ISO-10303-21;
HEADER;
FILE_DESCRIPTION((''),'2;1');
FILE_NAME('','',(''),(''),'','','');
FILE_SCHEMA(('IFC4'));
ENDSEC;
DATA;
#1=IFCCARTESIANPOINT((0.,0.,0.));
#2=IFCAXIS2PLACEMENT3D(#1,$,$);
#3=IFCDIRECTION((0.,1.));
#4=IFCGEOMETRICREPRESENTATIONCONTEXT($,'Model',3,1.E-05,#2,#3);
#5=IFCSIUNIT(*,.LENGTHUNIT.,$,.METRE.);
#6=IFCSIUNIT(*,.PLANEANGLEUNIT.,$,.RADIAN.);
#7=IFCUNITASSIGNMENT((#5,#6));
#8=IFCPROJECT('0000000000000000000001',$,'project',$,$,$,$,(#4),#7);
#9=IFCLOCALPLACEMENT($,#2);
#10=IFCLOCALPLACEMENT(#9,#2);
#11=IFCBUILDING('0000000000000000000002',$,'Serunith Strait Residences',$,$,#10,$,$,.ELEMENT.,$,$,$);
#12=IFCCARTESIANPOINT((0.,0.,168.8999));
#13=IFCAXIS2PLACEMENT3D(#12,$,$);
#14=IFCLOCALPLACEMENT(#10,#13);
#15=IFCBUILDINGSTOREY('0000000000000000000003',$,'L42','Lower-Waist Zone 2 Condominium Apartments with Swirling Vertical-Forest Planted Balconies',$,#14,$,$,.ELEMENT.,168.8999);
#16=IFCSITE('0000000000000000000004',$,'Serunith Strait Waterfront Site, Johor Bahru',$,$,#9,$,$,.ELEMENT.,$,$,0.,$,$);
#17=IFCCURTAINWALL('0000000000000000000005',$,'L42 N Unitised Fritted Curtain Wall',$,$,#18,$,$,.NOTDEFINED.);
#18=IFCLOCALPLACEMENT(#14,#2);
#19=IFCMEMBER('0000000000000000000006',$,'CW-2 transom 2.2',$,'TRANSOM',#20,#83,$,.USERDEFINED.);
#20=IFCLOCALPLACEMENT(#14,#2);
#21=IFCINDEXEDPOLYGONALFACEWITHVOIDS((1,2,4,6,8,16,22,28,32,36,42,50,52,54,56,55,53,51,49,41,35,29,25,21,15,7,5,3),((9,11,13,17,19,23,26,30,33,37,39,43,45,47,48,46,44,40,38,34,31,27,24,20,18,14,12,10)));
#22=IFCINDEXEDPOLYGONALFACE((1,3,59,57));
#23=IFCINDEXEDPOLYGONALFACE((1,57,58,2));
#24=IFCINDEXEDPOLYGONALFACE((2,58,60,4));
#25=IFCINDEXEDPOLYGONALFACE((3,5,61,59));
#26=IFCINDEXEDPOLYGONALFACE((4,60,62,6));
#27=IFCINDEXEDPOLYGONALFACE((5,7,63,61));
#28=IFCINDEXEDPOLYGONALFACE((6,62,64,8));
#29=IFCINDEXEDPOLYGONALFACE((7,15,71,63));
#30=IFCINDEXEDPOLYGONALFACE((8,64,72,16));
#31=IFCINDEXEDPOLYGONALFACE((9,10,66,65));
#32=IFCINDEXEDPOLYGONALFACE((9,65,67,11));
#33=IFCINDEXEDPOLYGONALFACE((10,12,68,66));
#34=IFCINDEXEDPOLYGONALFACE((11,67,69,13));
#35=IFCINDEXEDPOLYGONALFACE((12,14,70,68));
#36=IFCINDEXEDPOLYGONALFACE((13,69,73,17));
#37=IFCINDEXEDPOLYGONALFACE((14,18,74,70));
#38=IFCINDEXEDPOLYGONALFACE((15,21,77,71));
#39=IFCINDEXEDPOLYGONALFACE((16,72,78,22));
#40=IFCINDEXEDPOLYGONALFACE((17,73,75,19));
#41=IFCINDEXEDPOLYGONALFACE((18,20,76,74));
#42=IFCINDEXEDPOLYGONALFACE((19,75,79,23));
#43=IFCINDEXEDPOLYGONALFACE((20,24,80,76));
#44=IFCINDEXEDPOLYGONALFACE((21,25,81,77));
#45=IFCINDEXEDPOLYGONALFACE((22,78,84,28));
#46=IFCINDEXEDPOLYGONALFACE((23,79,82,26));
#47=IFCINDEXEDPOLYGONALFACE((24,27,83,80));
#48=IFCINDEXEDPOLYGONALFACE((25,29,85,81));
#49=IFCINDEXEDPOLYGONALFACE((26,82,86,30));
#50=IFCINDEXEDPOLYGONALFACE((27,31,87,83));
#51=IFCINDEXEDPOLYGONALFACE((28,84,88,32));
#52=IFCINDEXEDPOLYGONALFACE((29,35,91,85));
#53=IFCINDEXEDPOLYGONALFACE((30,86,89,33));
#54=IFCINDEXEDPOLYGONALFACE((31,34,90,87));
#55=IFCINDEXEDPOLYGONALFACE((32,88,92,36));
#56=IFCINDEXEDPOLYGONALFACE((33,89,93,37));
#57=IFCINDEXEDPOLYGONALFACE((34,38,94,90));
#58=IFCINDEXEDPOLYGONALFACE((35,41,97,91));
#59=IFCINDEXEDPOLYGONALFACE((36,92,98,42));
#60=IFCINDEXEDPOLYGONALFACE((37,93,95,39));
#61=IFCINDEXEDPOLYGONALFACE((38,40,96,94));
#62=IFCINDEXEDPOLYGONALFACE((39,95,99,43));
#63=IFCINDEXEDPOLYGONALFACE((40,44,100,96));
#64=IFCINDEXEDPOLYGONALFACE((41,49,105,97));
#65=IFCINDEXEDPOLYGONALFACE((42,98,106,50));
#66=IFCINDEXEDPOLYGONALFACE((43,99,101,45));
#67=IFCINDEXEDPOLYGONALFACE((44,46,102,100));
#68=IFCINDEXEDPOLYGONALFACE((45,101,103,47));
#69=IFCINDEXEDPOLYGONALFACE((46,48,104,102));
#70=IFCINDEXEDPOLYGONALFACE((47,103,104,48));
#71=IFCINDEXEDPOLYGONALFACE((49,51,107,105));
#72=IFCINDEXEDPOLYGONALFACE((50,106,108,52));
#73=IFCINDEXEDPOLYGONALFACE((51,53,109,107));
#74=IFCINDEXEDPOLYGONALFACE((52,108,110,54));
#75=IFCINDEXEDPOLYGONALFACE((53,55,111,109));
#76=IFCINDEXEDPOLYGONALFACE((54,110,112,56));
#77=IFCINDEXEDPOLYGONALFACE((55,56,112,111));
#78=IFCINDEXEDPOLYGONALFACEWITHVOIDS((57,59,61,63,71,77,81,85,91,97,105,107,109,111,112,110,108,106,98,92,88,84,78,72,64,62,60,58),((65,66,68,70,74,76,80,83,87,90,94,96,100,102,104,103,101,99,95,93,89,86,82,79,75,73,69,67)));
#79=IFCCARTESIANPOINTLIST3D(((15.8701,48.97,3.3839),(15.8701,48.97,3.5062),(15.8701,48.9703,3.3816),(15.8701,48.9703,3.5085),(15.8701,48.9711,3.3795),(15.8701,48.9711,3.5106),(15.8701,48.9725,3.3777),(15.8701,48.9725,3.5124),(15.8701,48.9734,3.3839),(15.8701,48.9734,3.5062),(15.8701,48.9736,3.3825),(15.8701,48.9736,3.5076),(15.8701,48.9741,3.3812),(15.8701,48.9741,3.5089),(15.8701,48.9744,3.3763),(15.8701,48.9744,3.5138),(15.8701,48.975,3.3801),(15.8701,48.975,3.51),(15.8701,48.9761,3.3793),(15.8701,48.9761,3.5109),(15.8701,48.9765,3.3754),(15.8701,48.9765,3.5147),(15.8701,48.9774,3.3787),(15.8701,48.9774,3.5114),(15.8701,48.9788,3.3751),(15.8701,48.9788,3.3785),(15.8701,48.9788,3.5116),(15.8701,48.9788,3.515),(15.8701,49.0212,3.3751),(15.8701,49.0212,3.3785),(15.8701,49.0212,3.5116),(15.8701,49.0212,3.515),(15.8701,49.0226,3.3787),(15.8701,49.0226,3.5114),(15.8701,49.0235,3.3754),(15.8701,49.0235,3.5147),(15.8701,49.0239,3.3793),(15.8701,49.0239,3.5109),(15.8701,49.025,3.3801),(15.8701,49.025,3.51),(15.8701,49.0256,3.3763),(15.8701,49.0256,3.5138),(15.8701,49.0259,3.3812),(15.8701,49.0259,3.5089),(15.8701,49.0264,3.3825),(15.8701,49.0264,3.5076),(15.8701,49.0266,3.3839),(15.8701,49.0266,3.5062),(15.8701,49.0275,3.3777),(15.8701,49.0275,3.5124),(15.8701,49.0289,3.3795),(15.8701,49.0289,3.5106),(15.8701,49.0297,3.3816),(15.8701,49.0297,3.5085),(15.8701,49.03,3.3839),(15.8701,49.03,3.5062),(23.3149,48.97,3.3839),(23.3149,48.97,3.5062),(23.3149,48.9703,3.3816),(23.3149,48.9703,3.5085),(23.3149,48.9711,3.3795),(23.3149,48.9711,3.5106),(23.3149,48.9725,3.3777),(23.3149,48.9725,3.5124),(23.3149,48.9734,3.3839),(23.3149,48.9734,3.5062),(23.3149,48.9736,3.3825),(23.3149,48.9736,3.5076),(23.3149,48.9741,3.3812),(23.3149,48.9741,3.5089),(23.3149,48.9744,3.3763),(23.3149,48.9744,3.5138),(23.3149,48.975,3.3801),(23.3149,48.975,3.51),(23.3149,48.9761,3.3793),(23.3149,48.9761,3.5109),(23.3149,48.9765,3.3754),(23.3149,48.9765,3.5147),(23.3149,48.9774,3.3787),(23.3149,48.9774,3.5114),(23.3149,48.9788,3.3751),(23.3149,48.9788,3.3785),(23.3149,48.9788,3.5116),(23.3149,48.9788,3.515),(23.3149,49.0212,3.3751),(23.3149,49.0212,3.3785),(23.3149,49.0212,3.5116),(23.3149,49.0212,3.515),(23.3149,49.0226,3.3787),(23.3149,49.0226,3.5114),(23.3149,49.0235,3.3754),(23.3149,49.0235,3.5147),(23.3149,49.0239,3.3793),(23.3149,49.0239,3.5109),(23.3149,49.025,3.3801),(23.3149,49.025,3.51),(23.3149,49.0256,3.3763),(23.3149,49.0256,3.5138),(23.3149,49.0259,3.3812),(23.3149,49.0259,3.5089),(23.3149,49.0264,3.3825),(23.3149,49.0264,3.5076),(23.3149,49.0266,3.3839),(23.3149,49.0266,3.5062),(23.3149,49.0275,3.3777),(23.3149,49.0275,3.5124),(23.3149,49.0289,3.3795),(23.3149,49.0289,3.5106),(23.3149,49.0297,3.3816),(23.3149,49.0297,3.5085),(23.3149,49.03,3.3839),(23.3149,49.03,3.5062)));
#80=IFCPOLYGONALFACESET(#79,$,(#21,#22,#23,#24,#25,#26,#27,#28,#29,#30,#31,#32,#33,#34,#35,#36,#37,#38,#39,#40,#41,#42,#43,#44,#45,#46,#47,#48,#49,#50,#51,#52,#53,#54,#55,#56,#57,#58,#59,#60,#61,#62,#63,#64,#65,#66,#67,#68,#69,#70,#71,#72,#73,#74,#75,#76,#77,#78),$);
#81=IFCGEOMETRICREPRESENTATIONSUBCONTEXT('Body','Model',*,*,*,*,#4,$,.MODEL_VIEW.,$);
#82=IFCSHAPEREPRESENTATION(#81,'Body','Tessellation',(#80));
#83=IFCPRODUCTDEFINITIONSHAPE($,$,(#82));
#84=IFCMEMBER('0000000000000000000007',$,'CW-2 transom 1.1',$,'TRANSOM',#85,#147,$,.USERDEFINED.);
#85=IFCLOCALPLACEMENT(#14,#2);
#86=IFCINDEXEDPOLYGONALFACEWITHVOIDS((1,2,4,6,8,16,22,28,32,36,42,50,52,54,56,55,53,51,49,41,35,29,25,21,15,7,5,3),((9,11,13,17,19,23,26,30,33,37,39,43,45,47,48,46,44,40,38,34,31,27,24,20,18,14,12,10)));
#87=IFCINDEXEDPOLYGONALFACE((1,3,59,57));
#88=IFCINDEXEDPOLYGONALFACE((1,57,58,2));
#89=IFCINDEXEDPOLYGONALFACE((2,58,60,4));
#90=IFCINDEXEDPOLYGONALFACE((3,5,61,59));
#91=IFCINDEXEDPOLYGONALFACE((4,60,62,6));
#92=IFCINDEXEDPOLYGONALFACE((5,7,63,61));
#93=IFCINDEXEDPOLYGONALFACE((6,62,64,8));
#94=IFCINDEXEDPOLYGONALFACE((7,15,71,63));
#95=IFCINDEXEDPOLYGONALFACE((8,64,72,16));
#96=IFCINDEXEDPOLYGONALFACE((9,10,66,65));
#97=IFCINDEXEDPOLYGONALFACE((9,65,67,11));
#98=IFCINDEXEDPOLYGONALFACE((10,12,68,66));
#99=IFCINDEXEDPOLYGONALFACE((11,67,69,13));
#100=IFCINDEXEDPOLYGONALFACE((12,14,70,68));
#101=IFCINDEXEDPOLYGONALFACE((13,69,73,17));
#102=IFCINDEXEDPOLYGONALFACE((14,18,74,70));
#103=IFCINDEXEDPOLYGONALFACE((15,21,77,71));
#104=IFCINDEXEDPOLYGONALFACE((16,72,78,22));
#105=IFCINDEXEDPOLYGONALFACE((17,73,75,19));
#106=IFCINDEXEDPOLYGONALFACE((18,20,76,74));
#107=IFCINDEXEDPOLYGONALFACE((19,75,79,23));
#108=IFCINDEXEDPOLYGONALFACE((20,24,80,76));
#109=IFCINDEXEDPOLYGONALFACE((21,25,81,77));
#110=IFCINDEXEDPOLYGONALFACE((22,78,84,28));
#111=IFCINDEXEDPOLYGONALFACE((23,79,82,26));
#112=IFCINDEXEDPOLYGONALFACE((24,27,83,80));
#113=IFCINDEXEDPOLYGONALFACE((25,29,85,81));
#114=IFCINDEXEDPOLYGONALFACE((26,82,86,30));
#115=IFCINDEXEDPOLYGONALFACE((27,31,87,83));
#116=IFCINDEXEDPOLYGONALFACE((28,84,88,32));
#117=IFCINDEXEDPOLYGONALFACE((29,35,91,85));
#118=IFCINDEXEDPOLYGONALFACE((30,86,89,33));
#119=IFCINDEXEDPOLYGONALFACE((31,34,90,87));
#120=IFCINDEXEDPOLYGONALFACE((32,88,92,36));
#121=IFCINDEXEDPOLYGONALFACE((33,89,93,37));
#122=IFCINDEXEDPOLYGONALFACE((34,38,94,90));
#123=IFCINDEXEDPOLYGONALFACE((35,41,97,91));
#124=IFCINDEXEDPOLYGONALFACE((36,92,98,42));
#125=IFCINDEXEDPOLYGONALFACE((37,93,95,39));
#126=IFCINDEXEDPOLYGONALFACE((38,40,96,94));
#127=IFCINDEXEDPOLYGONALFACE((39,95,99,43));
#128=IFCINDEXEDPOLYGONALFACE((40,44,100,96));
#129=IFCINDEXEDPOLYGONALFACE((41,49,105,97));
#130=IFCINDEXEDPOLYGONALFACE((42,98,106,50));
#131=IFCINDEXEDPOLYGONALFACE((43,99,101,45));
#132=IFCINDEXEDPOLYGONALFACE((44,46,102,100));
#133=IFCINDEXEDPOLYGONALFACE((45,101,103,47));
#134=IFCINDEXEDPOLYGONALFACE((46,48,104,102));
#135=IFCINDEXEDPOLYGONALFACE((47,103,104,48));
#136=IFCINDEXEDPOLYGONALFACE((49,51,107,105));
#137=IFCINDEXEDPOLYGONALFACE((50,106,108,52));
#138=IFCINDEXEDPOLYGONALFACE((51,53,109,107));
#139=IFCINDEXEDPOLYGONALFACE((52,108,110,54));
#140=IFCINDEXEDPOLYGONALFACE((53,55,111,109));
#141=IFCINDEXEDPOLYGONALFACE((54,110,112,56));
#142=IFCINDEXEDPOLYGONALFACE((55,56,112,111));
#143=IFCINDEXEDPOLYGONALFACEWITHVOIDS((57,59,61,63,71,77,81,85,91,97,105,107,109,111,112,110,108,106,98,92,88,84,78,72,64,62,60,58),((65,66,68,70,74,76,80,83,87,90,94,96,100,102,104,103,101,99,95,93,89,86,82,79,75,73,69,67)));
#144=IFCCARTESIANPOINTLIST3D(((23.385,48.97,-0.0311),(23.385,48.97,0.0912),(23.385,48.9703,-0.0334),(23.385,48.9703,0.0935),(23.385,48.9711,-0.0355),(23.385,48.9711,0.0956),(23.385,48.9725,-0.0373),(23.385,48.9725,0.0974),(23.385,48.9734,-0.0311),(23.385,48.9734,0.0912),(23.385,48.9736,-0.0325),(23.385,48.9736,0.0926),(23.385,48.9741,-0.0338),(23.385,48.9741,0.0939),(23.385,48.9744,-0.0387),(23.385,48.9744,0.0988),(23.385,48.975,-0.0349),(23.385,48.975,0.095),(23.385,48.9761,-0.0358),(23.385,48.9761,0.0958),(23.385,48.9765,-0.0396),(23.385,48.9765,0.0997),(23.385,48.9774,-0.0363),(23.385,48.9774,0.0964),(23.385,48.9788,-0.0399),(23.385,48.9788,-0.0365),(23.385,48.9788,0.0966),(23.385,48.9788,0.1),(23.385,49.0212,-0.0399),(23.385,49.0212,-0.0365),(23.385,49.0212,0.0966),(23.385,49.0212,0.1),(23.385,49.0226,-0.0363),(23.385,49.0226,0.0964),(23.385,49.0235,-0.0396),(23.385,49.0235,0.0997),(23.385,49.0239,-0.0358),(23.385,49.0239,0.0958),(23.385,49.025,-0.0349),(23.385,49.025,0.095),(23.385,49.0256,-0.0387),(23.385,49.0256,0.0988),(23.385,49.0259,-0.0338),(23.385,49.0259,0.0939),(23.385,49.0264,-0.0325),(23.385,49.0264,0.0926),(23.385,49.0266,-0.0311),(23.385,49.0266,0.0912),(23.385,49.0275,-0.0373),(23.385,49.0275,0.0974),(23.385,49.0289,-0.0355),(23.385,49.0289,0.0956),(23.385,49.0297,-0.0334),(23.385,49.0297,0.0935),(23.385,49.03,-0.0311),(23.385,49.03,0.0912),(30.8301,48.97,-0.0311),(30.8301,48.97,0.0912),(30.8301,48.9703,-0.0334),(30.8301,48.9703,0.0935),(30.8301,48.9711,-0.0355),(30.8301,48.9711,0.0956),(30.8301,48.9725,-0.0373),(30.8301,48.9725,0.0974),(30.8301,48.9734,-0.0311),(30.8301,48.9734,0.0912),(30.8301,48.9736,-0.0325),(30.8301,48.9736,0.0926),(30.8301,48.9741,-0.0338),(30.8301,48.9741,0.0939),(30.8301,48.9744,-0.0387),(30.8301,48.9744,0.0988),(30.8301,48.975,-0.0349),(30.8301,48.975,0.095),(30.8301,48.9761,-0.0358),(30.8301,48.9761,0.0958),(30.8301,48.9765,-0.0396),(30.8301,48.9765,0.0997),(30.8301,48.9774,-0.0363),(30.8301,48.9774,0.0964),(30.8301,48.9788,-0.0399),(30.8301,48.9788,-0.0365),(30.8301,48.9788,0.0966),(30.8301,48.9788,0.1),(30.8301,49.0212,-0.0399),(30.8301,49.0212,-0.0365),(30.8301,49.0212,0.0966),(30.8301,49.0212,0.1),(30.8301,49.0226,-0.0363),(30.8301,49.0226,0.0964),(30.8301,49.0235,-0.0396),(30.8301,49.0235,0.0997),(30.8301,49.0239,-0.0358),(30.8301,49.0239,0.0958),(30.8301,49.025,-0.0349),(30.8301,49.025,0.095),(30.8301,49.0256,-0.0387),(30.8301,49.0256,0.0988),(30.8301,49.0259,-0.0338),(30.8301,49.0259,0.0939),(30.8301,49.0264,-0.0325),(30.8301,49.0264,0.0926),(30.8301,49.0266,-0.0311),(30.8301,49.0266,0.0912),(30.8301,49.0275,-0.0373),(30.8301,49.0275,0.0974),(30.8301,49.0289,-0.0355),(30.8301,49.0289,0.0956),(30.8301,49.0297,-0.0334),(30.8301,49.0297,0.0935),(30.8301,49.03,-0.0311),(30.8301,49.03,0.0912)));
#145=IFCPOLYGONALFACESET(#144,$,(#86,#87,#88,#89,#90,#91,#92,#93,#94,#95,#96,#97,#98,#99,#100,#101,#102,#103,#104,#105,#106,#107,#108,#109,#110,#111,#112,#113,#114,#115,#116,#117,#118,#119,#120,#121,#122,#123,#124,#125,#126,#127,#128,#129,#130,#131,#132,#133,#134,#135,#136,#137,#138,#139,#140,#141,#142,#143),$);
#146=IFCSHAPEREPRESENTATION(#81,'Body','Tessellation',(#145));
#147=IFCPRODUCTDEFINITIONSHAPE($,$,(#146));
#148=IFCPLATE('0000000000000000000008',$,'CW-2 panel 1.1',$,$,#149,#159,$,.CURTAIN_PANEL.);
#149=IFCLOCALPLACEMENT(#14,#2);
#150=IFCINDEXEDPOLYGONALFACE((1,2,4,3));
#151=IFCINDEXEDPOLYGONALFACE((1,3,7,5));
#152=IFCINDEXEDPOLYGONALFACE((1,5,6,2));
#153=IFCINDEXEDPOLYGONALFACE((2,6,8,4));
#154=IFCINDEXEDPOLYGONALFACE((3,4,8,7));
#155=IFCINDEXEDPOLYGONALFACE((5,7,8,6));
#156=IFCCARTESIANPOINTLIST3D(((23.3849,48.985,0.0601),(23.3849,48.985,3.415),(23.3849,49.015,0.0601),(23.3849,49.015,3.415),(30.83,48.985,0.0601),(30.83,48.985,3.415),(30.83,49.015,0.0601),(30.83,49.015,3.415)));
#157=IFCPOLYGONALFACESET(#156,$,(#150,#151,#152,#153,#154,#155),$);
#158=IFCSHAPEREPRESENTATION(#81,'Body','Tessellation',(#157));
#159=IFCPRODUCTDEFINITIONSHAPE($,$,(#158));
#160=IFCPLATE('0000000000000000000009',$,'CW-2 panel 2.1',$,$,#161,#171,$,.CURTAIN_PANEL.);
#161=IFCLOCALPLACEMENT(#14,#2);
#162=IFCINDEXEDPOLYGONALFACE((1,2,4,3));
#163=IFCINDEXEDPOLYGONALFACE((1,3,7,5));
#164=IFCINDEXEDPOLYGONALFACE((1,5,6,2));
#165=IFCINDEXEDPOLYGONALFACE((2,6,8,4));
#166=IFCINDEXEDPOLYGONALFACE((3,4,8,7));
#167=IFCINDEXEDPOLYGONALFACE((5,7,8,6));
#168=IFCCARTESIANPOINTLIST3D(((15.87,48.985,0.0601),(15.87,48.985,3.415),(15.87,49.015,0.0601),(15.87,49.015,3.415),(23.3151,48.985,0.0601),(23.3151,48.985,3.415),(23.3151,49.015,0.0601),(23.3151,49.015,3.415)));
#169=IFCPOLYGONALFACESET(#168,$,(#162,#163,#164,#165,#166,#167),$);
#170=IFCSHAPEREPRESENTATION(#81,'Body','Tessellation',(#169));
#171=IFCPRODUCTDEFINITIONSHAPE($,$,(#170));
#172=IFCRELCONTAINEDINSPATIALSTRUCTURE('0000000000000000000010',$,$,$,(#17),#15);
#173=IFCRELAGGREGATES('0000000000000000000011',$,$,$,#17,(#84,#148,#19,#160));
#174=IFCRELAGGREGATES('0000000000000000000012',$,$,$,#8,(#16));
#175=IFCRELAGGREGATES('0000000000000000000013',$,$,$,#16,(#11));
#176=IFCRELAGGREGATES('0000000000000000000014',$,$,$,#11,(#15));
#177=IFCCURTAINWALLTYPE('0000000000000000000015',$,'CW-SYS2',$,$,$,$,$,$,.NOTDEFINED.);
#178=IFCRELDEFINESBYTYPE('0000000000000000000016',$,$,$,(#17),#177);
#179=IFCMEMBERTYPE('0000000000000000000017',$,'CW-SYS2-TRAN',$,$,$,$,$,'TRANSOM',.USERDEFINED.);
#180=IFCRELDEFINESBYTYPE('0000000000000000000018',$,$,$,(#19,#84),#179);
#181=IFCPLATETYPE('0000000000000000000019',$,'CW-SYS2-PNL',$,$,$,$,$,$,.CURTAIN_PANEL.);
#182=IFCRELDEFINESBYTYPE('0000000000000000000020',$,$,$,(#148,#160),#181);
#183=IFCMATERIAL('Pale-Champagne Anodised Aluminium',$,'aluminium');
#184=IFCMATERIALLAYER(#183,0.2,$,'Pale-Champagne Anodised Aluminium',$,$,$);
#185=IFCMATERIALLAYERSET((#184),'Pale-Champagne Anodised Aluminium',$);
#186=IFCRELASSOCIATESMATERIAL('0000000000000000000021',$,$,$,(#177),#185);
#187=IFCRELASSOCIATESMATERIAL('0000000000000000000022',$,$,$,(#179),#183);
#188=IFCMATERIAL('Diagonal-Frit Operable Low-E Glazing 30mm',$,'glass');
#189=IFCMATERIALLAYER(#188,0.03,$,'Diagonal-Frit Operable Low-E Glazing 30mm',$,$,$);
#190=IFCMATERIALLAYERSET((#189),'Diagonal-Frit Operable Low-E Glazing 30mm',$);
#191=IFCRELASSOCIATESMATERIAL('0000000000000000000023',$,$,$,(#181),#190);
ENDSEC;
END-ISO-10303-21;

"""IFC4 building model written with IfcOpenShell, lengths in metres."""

from ifc_helpers import new_model, si_unit, direction, frame, origin, origin_2d, place, context, subcontext, project, spatial, rectangle, hollow_rectangle, extrude, source, transform, mapped, material, layer, layer_set, material_profile, profile_set, type_object, element, aggregate, save


model = new_model("IFC4")

# Units and contexts
model_context = context("Model", 3, precision=1e-05, world=origin(), true_north=direction((0.0, 1.0)))
body_context = subcontext(model_context, "Body", "Model", "MODEL_VIEW")
ifc_project = project(units=[si_unit("LENGTHUNIT", "METRE"), si_unit("PLANEANGLEUNIT", "RADIAN")], contexts=[model_context])

# Site, building, storey
site_placement = place(None, origin())
site = spatial("IfcSite", under=ifc_project, at=site_placement, Name="Serunith Strait Waterfront Site, Johor Bahru", CompositionType="ELEMENT", RefElevation=0.0)
building_placement = place(site_placement, origin())
building = spatial("IfcBuilding", under=site, at=building_placement, Name="Serunith Strait Residences", CompositionType="ELEMENT")
storey_placement = place(building_placement, frame((0.0, 0.0, 168.8999)))
storey = spatial("IfcBuildingStorey", under=building, at=storey_placement, Name="L42", Description="Lower-Waist Zone 2 Condominium Apartments with Swirling Vertical-Forest Planted Balconies", CompositionType="ELEMENT", Elevation=168.8999)

# Curtain wall, members, plates
ifc_material_1 = material(Name="Pale-Champagne Anodised Aluminium", Category="aluminium")
ifc_layer_1 = layer(ifc_material_1, 0.2, Name="Pale-Champagne Anodised Aluminium")
ifc_layer_set_1 = layer_set([ifc_layer_1], Name="Pale-Champagne Anodised Aluminium")
curtain_wall_type = type_object("IfcCurtainWallType", Name="CW-SYS2", PredefinedType="NOTDEFINED", material=ifc_layer_set_1)
curtain_wall_placement = place(storey_placement, origin())
curtain_wall = element("IfcCurtainWall", 1, at=curtain_wall_placement, inside=storey, type_object=curtain_wall_type, Name="L42 N Unitised Fritted Curtain Wall", PredefinedType="NOTDEFINED")
ifc_material_profile_1 = material_profile(ifc_material_1, hollow_rectangle(XDim=0.0601, YDim=0.1399, WallThickness=0.0034, InnerFilletRadius=0.0054, OuterFilletRadius=0.0088, at=origin_2d()), Name="ALU 140x60x3.5")
ifc_profile_set_1 = profile_set([ifc_material_profile_1], Name="Pale-Champagne Anodised Aluminium")
member_type_1 = type_object("IfcMemberType", Name="CW-SYS2-TRAN", ElementType="TRANSOM", PredefinedType="USERDEFINED", material=ifc_profile_set_1)
shared_shape_1 = source(origin(), body_context, "Body", "SweptSolid", [
    extrude(hollow_rectangle(XDim=0.0601, YDim=0.1399, WallThickness=0.0034, InnerFilletRadius=0.0054, OuterFilletRadius=0.0088, at=origin_2d()), origin(), (0.0, 0.0, 1.0), 7.4448),
])
member_1_placement = place(storey_placement, frame((23.3149, 49.0, 3.4451), z_axis=(-1.0, 0.0, 0.0), x_axis=(0.0, -1.0, 0.0)))
member_1 = element("IfcMember", 2, at=member_1_placement, type_object=member_type_1, Name="CW-2 transom 2.2", ObjectType="TRANSOM", PredefinedType="USERDEFINED", context=body_context, shape_type="MappedRepresentation", body=[
    mapped(shared_shape_1, transform((0.0, 0.0, 0.0), scale=1.0)),
])
shared_shape_2 = source(origin(), body_context, "Body", "SweptSolid", [
    extrude(hollow_rectangle(XDim=0.0601, YDim=0.1399, WallThickness=0.0034, InnerFilletRadius=0.0054, OuterFilletRadius=0.0088, at=origin_2d()), origin(), (0.0, 0.0, 1.0), 7.4451),
])
member_2_placement = place(storey_placement, frame((30.8301, 49.0, 0.03), z_axis=(-1.0, 0.0, 0.0), x_axis=(0.0, -1.0, 0.0)))
member_2 = element("IfcMember", 3, at=member_2_placement, type_object=member_type_1, Name="CW-2 transom 1.1", ObjectType="TRANSOM", PredefinedType="USERDEFINED", context=body_context, shape_type="MappedRepresentation", body=[
    mapped(shared_shape_2, transform((0.0, 0.0, 0.0), scale=1.0)),
])
ifc_material_2 = material(Name="Diagonal-Frit Operable Low-E Glazing 30mm", Category="glass")
ifc_layer_2 = layer(ifc_material_2, 0.03, Name="Diagonal-Frit Operable Low-E Glazing 30mm")
ifc_layer_set_2 = layer_set([ifc_layer_2], Name="Diagonal-Frit Operable Low-E Glazing 30mm")
plate_type = type_object("IfcPlateType", Name="CW-SYS2-PNL", PredefinedType="CURTAIN_PANEL", material=ifc_layer_set_2)
shared_shape_3 = source(origin(), body_context, "Body", "SweptSolid", [
    extrude(rectangle(XDim=7.4451, YDim=0.03, at=origin_2d()), origin(), (0.0, 0.0, 1.0), 3.355),
])
plate_1_placement = place(storey_placement, frame((27.1074, 49.0, 0.0601), z_axis=(0.0, 0.0, 1.0), x_axis=(-1.0, 0.0, 0.0)))
plate_1 = element("IfcPlate", 4, at=plate_1_placement, type_object=plate_type, Name="CW-2 panel 1.1", PredefinedType="CURTAIN_PANEL", context=body_context, shape_type="MappedRepresentation", body=[
    mapped(shared_shape_3, transform((0.0, 0.0, 0.0), scale=1.0)),
])
plate_2_placement = place(storey_placement, frame((19.5925, 49.0, 0.0601), z_axis=(0.0, 0.0, 1.0), x_axis=(-1.0, 0.0, 0.0)))
plate_2 = element("IfcPlate", 5, at=plate_2_placement, type_object=plate_type, Name="CW-2 panel 2.1", PredefinedType="CURTAIN_PANEL", context=body_context, shape_type="MappedRepresentation", body=[
    mapped(shared_shape_3, transform((0.0, 0.0, 0.0), scale=1.0)),
])
aggregate(curtain_wall, [member_2, plate_1, member_1, plate_2])

save(model, "model.ifc")
